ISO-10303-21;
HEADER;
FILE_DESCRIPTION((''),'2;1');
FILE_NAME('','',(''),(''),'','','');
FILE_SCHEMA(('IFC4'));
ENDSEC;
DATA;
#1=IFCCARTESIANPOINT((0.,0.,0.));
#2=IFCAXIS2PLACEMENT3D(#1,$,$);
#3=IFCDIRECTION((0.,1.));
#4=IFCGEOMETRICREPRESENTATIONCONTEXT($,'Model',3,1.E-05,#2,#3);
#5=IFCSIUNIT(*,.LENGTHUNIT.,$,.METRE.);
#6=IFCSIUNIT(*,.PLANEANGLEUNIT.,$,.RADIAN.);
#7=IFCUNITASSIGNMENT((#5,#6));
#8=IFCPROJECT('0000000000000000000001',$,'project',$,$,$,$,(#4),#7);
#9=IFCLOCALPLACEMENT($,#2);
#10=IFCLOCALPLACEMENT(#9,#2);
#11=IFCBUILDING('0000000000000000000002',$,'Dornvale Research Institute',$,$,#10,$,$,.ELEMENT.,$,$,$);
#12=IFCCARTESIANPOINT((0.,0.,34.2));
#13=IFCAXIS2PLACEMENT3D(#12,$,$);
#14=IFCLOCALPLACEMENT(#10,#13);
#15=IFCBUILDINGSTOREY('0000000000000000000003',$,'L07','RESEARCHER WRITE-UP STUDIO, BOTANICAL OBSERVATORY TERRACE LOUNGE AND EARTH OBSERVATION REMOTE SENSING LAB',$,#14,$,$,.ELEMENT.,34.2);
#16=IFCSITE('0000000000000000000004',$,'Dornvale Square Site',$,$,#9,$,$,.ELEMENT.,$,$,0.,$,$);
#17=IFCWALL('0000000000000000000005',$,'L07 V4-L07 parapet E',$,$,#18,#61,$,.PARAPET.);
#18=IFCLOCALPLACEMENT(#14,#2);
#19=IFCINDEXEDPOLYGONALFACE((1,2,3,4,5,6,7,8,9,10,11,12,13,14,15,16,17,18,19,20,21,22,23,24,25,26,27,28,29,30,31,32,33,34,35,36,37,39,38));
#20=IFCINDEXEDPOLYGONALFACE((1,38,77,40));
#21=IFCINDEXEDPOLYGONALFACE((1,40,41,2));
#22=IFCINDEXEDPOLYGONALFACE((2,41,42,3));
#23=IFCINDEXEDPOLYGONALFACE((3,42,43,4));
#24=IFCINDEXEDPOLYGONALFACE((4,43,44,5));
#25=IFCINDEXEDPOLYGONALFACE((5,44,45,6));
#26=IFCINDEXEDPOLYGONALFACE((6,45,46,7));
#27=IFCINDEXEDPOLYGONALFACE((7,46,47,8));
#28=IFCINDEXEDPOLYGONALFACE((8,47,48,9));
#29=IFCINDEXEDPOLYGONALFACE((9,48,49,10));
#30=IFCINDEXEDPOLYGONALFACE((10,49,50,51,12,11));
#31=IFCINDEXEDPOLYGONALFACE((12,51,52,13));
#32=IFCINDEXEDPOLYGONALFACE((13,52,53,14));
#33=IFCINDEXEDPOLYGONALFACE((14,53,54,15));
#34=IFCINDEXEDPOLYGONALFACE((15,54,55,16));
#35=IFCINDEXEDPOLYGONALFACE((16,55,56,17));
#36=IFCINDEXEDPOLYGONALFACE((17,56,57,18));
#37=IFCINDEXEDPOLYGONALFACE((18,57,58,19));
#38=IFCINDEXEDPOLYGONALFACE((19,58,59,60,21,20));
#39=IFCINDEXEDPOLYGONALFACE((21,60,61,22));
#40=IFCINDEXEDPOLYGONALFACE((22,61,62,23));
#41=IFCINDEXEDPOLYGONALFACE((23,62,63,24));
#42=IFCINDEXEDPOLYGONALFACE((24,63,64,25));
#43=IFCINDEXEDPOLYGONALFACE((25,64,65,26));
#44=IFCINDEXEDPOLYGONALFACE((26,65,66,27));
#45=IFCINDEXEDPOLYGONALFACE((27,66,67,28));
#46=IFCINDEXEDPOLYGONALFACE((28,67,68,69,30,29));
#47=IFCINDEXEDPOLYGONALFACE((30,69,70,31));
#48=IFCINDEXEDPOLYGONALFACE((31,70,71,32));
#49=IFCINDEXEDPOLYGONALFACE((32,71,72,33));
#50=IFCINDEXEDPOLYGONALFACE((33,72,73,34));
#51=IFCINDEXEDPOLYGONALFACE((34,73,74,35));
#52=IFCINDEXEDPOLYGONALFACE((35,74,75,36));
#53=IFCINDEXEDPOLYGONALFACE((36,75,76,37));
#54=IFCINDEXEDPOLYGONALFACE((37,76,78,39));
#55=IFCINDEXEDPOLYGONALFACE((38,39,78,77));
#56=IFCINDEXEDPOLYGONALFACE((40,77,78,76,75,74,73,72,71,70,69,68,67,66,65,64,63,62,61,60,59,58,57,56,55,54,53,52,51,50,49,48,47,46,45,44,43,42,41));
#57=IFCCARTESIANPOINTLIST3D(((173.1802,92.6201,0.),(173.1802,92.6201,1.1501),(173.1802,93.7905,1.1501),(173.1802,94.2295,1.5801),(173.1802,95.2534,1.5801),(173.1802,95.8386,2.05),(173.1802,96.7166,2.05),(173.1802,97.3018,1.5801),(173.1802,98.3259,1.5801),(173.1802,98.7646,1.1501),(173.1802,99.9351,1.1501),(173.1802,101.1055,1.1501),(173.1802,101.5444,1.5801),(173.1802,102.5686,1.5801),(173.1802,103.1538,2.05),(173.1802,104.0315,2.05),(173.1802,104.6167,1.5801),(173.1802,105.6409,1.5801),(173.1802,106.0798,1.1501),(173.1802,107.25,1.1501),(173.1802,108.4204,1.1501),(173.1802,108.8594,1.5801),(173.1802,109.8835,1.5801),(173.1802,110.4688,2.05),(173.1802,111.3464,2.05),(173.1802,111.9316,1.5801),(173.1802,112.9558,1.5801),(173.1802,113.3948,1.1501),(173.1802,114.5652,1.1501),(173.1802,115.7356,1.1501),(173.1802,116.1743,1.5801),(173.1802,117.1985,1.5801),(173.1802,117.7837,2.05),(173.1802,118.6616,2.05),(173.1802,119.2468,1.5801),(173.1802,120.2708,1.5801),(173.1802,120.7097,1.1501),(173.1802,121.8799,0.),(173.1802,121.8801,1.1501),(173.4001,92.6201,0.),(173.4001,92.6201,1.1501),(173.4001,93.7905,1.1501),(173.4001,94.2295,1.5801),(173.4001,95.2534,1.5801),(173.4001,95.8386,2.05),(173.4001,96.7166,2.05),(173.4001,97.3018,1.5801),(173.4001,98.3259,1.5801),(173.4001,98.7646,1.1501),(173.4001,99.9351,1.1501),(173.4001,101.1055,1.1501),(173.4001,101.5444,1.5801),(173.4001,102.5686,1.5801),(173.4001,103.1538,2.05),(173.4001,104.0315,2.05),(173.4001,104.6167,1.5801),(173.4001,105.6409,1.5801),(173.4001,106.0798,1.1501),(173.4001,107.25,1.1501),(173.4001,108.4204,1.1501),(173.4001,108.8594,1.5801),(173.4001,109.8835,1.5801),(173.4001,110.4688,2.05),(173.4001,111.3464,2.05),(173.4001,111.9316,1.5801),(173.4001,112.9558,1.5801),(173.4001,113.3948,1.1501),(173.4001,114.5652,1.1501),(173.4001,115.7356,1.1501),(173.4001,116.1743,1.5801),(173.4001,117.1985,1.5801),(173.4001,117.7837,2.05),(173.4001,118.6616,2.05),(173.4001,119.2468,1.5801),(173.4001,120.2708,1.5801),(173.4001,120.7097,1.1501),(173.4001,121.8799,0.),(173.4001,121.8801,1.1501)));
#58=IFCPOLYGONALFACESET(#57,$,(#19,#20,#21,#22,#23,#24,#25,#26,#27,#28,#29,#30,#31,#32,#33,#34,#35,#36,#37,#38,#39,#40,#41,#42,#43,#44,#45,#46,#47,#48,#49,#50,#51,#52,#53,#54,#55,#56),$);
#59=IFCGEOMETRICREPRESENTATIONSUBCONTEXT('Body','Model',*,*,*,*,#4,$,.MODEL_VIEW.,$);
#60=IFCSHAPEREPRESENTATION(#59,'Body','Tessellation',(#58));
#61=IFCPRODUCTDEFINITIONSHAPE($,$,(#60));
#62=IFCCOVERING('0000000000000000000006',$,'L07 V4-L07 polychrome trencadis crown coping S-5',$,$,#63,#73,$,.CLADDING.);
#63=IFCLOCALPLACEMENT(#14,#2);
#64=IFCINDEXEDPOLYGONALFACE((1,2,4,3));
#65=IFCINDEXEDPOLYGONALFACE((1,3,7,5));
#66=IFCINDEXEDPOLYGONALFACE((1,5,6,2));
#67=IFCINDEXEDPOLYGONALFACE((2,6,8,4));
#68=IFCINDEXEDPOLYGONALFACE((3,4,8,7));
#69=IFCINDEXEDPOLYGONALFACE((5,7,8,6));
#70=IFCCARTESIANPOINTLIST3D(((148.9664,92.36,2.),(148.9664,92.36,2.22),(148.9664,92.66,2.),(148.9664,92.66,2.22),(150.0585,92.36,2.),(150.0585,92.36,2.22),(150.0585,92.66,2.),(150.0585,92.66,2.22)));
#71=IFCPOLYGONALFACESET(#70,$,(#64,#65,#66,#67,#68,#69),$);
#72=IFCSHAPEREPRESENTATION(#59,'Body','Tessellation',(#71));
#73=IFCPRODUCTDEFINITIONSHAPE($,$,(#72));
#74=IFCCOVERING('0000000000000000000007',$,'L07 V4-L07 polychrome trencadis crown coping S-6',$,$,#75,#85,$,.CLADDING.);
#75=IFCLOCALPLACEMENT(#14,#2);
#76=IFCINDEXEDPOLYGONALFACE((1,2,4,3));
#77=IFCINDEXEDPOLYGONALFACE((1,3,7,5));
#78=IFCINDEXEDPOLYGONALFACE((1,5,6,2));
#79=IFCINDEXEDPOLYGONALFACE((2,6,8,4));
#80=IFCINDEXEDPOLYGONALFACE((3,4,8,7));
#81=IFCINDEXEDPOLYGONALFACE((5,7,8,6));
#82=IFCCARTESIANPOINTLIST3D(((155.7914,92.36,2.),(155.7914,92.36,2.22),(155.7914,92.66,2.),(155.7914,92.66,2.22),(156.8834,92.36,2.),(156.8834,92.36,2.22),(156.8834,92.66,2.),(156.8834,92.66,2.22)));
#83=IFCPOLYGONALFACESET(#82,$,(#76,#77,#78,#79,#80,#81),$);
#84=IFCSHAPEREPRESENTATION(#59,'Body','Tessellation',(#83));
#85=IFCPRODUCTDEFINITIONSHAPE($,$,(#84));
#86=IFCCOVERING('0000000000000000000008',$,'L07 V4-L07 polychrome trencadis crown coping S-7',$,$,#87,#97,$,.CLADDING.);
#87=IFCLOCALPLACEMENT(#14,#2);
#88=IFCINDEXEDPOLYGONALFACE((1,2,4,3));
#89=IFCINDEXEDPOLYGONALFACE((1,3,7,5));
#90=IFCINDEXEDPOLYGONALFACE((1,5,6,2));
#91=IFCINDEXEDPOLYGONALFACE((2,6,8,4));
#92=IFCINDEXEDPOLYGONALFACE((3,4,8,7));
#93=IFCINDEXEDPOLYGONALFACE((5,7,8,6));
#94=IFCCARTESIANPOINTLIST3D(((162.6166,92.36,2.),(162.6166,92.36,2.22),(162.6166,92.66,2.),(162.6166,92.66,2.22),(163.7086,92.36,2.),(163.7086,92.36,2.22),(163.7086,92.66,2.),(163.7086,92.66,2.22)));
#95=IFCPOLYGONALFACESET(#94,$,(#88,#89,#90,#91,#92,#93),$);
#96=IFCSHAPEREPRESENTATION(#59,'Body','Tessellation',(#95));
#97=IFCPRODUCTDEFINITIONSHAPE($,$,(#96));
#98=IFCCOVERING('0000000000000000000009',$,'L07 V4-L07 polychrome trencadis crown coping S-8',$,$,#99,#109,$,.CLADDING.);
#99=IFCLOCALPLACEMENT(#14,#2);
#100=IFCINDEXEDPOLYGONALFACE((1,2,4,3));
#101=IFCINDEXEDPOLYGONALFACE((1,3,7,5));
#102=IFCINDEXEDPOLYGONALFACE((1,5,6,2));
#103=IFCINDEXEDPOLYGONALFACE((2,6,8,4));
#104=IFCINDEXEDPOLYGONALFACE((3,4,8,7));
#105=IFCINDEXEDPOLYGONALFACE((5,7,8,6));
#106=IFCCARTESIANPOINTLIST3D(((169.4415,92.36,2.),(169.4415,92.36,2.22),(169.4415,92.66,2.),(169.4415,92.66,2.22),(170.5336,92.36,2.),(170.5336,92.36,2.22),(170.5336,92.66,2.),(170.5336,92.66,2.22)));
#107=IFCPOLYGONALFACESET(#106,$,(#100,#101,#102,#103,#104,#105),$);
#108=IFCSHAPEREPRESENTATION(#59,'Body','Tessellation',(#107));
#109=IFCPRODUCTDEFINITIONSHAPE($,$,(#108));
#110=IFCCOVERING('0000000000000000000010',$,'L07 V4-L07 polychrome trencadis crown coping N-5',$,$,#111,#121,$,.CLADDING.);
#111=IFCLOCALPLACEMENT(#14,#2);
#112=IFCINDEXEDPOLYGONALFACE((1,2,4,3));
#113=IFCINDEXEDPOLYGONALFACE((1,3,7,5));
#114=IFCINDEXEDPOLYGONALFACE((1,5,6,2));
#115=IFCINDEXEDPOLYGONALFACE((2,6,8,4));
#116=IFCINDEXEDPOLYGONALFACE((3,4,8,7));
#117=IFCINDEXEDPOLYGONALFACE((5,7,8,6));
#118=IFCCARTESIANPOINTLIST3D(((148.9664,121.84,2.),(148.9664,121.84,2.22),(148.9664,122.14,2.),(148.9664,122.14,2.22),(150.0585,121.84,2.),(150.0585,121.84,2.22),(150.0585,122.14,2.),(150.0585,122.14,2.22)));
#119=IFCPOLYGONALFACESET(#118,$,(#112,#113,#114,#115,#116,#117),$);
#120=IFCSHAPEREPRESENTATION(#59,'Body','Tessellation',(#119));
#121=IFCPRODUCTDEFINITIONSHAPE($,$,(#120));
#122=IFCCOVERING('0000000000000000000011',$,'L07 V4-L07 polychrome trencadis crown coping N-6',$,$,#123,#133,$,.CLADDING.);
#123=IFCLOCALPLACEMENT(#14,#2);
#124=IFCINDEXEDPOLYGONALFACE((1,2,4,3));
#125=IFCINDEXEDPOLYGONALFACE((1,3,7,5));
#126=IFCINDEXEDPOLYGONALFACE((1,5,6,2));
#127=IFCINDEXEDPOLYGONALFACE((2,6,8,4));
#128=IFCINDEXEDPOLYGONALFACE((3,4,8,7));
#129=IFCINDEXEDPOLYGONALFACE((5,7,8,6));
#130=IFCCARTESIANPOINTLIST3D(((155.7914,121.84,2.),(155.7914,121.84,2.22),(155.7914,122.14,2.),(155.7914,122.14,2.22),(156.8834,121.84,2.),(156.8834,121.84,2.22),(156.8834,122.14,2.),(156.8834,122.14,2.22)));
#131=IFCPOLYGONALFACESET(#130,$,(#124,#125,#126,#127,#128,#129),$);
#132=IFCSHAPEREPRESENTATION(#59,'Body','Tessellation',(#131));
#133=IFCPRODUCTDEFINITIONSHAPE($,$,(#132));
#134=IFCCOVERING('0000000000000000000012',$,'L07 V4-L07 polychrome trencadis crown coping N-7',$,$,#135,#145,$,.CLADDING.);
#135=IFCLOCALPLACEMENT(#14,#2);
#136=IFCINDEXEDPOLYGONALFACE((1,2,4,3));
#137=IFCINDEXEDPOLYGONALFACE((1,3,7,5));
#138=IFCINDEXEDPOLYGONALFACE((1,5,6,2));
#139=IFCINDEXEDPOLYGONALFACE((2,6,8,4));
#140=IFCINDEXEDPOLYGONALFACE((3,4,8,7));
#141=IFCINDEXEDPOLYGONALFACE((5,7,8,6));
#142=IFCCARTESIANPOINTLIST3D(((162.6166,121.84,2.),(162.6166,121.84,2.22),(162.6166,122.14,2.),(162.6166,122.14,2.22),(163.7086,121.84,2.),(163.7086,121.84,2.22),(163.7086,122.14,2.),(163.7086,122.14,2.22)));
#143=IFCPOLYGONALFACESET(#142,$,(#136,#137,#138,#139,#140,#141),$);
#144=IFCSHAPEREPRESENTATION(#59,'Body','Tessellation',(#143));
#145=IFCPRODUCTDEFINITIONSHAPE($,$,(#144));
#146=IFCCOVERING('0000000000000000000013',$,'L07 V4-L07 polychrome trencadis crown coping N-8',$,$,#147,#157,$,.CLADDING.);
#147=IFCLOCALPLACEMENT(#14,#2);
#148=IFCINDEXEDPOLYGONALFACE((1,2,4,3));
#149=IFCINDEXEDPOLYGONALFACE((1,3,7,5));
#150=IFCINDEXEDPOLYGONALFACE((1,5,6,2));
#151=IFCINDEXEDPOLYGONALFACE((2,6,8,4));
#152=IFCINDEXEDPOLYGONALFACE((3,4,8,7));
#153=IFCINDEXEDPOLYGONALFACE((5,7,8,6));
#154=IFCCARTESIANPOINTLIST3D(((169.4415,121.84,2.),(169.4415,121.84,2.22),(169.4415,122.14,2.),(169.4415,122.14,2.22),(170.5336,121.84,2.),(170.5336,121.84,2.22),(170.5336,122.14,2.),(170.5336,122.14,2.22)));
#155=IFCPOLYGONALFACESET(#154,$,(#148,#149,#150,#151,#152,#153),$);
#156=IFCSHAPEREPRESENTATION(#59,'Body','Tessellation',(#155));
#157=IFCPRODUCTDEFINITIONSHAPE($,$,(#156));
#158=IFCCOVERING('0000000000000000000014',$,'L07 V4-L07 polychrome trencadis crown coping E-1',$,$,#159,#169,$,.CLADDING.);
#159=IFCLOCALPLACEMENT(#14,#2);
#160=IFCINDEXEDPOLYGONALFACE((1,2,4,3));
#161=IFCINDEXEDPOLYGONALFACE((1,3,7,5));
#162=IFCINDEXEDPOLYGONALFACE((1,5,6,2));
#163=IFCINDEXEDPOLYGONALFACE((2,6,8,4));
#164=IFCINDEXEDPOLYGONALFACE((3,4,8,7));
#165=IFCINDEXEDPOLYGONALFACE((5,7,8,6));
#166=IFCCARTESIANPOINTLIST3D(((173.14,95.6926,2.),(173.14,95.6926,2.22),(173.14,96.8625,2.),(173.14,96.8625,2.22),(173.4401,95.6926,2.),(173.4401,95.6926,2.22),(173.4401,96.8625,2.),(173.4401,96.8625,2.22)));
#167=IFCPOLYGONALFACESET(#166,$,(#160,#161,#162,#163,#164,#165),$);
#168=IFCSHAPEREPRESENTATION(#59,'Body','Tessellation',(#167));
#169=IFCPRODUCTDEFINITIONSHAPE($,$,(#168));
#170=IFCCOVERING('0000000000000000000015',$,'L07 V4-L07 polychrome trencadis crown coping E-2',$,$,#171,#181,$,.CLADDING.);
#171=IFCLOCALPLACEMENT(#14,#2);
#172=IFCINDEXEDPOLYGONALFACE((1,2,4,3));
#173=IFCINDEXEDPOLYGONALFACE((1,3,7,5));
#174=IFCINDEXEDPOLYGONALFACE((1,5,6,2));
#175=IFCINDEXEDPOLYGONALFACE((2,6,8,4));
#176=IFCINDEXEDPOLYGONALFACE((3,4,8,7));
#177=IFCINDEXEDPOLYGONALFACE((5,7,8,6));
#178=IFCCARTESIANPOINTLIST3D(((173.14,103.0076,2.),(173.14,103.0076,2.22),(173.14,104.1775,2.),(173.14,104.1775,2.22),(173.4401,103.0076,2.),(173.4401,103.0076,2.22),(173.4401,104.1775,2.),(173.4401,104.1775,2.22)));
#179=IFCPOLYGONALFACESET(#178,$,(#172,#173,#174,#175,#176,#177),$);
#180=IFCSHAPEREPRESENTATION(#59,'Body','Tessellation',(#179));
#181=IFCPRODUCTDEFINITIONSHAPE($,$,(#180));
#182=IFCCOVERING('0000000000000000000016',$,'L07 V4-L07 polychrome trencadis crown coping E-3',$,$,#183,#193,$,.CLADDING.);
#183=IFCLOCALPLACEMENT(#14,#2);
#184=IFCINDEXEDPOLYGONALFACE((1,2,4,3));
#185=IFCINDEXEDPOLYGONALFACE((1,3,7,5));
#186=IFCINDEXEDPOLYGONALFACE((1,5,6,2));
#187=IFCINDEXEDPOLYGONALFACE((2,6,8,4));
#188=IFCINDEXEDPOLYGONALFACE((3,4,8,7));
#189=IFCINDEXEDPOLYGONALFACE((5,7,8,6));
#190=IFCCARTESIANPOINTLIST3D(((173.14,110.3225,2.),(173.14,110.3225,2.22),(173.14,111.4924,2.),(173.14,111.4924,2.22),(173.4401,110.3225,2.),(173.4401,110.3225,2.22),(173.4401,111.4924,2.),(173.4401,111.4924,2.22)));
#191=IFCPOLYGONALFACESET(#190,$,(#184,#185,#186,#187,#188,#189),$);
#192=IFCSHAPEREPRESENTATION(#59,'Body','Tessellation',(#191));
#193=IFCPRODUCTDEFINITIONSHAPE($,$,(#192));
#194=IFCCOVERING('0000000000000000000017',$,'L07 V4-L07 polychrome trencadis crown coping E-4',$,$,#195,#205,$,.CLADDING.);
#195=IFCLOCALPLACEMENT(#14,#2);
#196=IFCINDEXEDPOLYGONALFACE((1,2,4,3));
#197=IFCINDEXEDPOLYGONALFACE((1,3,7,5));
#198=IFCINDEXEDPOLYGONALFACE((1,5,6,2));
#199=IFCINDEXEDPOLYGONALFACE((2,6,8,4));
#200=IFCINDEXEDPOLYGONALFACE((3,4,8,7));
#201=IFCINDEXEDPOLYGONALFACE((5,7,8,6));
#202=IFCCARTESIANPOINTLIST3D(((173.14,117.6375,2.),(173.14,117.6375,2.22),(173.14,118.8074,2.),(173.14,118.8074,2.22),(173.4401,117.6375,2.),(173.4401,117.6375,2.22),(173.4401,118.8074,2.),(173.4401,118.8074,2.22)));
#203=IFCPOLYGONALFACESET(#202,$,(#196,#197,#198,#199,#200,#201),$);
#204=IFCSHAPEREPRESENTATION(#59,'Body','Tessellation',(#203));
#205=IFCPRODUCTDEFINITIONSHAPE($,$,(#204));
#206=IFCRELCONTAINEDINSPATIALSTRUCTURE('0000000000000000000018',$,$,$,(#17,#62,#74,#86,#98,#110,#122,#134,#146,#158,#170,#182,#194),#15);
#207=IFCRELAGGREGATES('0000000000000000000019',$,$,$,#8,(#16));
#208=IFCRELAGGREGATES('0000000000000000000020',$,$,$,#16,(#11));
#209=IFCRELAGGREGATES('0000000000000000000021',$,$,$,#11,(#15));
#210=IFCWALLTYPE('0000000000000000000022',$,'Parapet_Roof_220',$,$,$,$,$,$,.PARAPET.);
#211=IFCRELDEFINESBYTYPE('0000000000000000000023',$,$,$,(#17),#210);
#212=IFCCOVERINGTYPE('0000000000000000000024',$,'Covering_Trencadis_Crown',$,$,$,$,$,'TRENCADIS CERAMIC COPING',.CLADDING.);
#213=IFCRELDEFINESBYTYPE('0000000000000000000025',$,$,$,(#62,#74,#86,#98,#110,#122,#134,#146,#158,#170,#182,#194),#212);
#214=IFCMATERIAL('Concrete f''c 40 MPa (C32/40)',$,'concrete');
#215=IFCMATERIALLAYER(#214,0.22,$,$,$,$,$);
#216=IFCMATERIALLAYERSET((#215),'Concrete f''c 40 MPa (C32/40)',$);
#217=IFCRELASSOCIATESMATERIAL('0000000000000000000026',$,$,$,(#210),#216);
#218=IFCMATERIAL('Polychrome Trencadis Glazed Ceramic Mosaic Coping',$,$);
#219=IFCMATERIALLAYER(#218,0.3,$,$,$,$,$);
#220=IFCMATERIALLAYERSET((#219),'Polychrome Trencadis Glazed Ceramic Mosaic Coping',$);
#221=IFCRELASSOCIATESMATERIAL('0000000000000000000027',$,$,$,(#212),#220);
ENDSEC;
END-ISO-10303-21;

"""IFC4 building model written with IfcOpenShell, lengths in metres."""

from ifc_helpers import new_model, si_unit, direction, frame, origin, origin_2d, place, context, subcontext, project, spatial, polyline, rectangle, outline, extrude, material, layer, layer_set, type_object, element, save


model = new_model("IFC4")

# Units and contexts
model_context = context("Model", 3, precision=1e-05, world=origin(), true_north=direction((0.0, 1.0)))
body_context = subcontext(model_context, "Body", "Model", "MODEL_VIEW")
ifc_project = project(units=[si_unit("LENGTHUNIT", "METRE"), si_unit("PLANEANGLEUNIT", "RADIAN")], contexts=[model_context])

# Site, building, storey
site_placement = place(None, origin())
site = spatial("IfcSite", under=ifc_project, at=site_placement, Name="Dornvale Square Site", CompositionType="ELEMENT", RefElevation=0.0)
building_placement = place(site_placement, origin())
building = spatial("IfcBuilding", under=site, at=building_placement, Name="Dornvale Research Institute", CompositionType="ELEMENT")
storey_placement = place(building_placement, frame((0.0, 0.0, 34.2)))
storey = spatial("IfcBuildingStorey", under=building, at=storey_placement, Name="L07", Description="RESEARCHER WRITE-UP STUDIO, BOTANICAL OBSERVATORY TERRACE LOUNGE AND EARTH OBSERVATION REMOTE SENSING LAB", CompositionType="ELEMENT", Elevation=34.2)

# Wall
ifc_material_1 = material(Name="Concrete f'c 40 MPa (C32/40)", Category="concrete")
ifc_layer_1 = layer(ifc_material_1, 0.22)
ifc_layer_set_1 = layer_set([ifc_layer_1], Name="Concrete f'c 40 MPa (C32/40)")
wall_type = type_object("IfcWallType", Name="Parapet_Roof_220", PredefinedType="PARAPET", material=ifc_layer_set_1)
wall_placement = place(storey_placement, frame((173.29, 92.6201, 0.0), z_axis=(0.0, 0.0, 1.0), x_axis=(0.0, 1.0, 0.0)))
element("IfcWall", 1, at=wall_placement, inside=storey, type_object=wall_type, Name="L07 V4-L07 parapet E", PredefinedType="PARAPET", context=body_context, shape_type="SweptSolid", body=[
    extrude(outline(polyline([(0.0, 0.0), (29.2598, 0.0), (29.26, 1.1501), (28.0896, 1.1501), (27.6506, 1.5801), (26.6267, 1.5801), (26.0415, 2.05), (25.1636, 2.05), (24.5784, 1.5801), (23.5542, 1.5801), (23.1155, 1.1501), (21.9451, 1.1501), (20.7747, 1.1501), (20.3357, 1.5801), (19.3115, 1.5801), (18.7263, 2.05), (17.8486, 2.05), (17.2634, 1.5801), (16.2393, 1.5801), (15.8003, 1.1501), (14.6299, 1.1501), (13.4597, 1.1501), (13.0208, 1.5801), (11.9966, 1.5801), (11.4114, 2.05), (10.5337, 2.05), (9.9485, 1.5801), (8.9243, 1.5801), (8.4854, 1.1501), (7.3149, 1.1501), (6.1445, 1.1501), (5.7058, 1.5801), (4.6816, 1.5801), (4.0964, 2.05), (3.2185, 2.05), (2.6333, 1.5801), (1.6094, 1.5801), (1.1704, 1.1501), (0.0, 1.1501), (0.0, 0.0)])), frame((0.0, 0.1099, 0.0), z_axis=(0.0, -1.0, 0.0), x_axis=(1.0, 0.0, 0.0)), (0.0, 0.0, 1.0), 0.22),
])

# Coverings
ifc_material_2 = material(Name="Polychrome Trencadis Glazed Ceramic Mosaic Coping")
ifc_layer_2 = layer(ifc_material_2, 0.3)
ifc_layer_set_2 = layer_set([ifc_layer_2], Name="Polychrome Trencadis Glazed Ceramic Mosaic Coping")
covering_type = type_object("IfcCoveringType", Name="Covering_Trencadis_Crown", ElementType="TRENCADIS CERAMIC COPING", PredefinedType="CLADDING", material=ifc_layer_set_2)
for number, where, z_axis, x_axis, name in (
    (2, (149.5125, 92.51, 2.0), (0.0, 0.0, 1.0), (1.0, 0.0, 0.0), "L07 V4-L07 polychrome trencadis crown coping S-5"),
    (3, (156.3374, 92.51, 2.0), (0.0, 0.0, 1.0), (1.0, 0.0, 0.0), "L07 V4-L07 polychrome trencadis crown coping S-6"),
    (4, (163.1626, 92.51, 2.0), (0.0, 0.0, 1.0), (1.0, 0.0, 0.0), "L07 V4-L07 polychrome trencadis crown coping S-7"),
    (5, (169.9875, 92.51, 2.0), (0.0, 0.0, 1.0), (1.0, 0.0, 0.0), "L07 V4-L07 polychrome trencadis crown coping S-8"),
    (6, (149.5125, 121.99, 2.0), (0.0, 0.0, 1.0), (1.0, 0.0, 0.0), "L07 V4-L07 polychrome trencadis crown coping N-5"),
    (7, (156.3374, 121.99, 2.0), (0.0, 0.0, 1.0), (1.0, 0.0, 0.0), "L07 V4-L07 polychrome trencadis crown coping N-6"),
    (8, (163.1626, 121.99, 2.0), (0.0, 0.0, 1.0), (1.0, 0.0, 0.0), "L07 V4-L07 polychrome trencadis crown coping N-7"),
    (9, (169.9875, 121.99, 2.0), (0.0, 0.0, 1.0), (1.0, 0.0, 0.0), "L07 V4-L07 polychrome trencadis crown coping N-8"),
):
    element("IfcCovering", number, at=place(storey_placement, frame(where, z_axis=z_axis, x_axis=x_axis)), inside=storey, type_object=covering_type, Name=name, PredefinedType="CLADDING", context=body_context, shape_type="SweptSolid", body=[
        extrude(rectangle(XDim=1.092, YDim=0.3, at=origin_2d()), origin(), (0.0, 0.0, 1.0), 0.22),
    ])
for number, where, z_axis, x_axis, name in (
    (10, (173.29, 96.2776, 2.0), (0.0, 0.0, 1.0), (0.0, 1.0, 0.0), "L07 V4-L07 polychrome trencadis crown coping E-1"),
    (11, (173.29, 103.5925, 2.0), (0.0, 0.0, 1.0), (0.0, 1.0, 0.0), "L07 V4-L07 polychrome trencadis crown coping E-2"),
    (12, (173.29, 110.9075, 2.0), (0.0, 0.0, 1.0), (0.0, 1.0, 0.0), "L07 V4-L07 polychrome trencadis crown coping E-3"),
    (13, (173.29, 118.2224, 2.0), (0.0, 0.0, 1.0), (0.0, 1.0, 0.0), "L07 V4-L07 polychrome trencadis crown coping E-4"),
):
    element("IfcCovering", number, at=place(storey_placement, frame(where, z_axis=z_axis, x_axis=x_axis)), inside=storey, type_object=covering_type, Name=name, PredefinedType="CLADDING", context=body_context, shape_type="SweptSolid", body=[
        extrude(rectangle(XDim=1.1699, YDim=0.3, at=origin_2d()), origin(), (0.0, 0.0, 1.0), 0.22),
    ])

save(model, "model.ifc")
